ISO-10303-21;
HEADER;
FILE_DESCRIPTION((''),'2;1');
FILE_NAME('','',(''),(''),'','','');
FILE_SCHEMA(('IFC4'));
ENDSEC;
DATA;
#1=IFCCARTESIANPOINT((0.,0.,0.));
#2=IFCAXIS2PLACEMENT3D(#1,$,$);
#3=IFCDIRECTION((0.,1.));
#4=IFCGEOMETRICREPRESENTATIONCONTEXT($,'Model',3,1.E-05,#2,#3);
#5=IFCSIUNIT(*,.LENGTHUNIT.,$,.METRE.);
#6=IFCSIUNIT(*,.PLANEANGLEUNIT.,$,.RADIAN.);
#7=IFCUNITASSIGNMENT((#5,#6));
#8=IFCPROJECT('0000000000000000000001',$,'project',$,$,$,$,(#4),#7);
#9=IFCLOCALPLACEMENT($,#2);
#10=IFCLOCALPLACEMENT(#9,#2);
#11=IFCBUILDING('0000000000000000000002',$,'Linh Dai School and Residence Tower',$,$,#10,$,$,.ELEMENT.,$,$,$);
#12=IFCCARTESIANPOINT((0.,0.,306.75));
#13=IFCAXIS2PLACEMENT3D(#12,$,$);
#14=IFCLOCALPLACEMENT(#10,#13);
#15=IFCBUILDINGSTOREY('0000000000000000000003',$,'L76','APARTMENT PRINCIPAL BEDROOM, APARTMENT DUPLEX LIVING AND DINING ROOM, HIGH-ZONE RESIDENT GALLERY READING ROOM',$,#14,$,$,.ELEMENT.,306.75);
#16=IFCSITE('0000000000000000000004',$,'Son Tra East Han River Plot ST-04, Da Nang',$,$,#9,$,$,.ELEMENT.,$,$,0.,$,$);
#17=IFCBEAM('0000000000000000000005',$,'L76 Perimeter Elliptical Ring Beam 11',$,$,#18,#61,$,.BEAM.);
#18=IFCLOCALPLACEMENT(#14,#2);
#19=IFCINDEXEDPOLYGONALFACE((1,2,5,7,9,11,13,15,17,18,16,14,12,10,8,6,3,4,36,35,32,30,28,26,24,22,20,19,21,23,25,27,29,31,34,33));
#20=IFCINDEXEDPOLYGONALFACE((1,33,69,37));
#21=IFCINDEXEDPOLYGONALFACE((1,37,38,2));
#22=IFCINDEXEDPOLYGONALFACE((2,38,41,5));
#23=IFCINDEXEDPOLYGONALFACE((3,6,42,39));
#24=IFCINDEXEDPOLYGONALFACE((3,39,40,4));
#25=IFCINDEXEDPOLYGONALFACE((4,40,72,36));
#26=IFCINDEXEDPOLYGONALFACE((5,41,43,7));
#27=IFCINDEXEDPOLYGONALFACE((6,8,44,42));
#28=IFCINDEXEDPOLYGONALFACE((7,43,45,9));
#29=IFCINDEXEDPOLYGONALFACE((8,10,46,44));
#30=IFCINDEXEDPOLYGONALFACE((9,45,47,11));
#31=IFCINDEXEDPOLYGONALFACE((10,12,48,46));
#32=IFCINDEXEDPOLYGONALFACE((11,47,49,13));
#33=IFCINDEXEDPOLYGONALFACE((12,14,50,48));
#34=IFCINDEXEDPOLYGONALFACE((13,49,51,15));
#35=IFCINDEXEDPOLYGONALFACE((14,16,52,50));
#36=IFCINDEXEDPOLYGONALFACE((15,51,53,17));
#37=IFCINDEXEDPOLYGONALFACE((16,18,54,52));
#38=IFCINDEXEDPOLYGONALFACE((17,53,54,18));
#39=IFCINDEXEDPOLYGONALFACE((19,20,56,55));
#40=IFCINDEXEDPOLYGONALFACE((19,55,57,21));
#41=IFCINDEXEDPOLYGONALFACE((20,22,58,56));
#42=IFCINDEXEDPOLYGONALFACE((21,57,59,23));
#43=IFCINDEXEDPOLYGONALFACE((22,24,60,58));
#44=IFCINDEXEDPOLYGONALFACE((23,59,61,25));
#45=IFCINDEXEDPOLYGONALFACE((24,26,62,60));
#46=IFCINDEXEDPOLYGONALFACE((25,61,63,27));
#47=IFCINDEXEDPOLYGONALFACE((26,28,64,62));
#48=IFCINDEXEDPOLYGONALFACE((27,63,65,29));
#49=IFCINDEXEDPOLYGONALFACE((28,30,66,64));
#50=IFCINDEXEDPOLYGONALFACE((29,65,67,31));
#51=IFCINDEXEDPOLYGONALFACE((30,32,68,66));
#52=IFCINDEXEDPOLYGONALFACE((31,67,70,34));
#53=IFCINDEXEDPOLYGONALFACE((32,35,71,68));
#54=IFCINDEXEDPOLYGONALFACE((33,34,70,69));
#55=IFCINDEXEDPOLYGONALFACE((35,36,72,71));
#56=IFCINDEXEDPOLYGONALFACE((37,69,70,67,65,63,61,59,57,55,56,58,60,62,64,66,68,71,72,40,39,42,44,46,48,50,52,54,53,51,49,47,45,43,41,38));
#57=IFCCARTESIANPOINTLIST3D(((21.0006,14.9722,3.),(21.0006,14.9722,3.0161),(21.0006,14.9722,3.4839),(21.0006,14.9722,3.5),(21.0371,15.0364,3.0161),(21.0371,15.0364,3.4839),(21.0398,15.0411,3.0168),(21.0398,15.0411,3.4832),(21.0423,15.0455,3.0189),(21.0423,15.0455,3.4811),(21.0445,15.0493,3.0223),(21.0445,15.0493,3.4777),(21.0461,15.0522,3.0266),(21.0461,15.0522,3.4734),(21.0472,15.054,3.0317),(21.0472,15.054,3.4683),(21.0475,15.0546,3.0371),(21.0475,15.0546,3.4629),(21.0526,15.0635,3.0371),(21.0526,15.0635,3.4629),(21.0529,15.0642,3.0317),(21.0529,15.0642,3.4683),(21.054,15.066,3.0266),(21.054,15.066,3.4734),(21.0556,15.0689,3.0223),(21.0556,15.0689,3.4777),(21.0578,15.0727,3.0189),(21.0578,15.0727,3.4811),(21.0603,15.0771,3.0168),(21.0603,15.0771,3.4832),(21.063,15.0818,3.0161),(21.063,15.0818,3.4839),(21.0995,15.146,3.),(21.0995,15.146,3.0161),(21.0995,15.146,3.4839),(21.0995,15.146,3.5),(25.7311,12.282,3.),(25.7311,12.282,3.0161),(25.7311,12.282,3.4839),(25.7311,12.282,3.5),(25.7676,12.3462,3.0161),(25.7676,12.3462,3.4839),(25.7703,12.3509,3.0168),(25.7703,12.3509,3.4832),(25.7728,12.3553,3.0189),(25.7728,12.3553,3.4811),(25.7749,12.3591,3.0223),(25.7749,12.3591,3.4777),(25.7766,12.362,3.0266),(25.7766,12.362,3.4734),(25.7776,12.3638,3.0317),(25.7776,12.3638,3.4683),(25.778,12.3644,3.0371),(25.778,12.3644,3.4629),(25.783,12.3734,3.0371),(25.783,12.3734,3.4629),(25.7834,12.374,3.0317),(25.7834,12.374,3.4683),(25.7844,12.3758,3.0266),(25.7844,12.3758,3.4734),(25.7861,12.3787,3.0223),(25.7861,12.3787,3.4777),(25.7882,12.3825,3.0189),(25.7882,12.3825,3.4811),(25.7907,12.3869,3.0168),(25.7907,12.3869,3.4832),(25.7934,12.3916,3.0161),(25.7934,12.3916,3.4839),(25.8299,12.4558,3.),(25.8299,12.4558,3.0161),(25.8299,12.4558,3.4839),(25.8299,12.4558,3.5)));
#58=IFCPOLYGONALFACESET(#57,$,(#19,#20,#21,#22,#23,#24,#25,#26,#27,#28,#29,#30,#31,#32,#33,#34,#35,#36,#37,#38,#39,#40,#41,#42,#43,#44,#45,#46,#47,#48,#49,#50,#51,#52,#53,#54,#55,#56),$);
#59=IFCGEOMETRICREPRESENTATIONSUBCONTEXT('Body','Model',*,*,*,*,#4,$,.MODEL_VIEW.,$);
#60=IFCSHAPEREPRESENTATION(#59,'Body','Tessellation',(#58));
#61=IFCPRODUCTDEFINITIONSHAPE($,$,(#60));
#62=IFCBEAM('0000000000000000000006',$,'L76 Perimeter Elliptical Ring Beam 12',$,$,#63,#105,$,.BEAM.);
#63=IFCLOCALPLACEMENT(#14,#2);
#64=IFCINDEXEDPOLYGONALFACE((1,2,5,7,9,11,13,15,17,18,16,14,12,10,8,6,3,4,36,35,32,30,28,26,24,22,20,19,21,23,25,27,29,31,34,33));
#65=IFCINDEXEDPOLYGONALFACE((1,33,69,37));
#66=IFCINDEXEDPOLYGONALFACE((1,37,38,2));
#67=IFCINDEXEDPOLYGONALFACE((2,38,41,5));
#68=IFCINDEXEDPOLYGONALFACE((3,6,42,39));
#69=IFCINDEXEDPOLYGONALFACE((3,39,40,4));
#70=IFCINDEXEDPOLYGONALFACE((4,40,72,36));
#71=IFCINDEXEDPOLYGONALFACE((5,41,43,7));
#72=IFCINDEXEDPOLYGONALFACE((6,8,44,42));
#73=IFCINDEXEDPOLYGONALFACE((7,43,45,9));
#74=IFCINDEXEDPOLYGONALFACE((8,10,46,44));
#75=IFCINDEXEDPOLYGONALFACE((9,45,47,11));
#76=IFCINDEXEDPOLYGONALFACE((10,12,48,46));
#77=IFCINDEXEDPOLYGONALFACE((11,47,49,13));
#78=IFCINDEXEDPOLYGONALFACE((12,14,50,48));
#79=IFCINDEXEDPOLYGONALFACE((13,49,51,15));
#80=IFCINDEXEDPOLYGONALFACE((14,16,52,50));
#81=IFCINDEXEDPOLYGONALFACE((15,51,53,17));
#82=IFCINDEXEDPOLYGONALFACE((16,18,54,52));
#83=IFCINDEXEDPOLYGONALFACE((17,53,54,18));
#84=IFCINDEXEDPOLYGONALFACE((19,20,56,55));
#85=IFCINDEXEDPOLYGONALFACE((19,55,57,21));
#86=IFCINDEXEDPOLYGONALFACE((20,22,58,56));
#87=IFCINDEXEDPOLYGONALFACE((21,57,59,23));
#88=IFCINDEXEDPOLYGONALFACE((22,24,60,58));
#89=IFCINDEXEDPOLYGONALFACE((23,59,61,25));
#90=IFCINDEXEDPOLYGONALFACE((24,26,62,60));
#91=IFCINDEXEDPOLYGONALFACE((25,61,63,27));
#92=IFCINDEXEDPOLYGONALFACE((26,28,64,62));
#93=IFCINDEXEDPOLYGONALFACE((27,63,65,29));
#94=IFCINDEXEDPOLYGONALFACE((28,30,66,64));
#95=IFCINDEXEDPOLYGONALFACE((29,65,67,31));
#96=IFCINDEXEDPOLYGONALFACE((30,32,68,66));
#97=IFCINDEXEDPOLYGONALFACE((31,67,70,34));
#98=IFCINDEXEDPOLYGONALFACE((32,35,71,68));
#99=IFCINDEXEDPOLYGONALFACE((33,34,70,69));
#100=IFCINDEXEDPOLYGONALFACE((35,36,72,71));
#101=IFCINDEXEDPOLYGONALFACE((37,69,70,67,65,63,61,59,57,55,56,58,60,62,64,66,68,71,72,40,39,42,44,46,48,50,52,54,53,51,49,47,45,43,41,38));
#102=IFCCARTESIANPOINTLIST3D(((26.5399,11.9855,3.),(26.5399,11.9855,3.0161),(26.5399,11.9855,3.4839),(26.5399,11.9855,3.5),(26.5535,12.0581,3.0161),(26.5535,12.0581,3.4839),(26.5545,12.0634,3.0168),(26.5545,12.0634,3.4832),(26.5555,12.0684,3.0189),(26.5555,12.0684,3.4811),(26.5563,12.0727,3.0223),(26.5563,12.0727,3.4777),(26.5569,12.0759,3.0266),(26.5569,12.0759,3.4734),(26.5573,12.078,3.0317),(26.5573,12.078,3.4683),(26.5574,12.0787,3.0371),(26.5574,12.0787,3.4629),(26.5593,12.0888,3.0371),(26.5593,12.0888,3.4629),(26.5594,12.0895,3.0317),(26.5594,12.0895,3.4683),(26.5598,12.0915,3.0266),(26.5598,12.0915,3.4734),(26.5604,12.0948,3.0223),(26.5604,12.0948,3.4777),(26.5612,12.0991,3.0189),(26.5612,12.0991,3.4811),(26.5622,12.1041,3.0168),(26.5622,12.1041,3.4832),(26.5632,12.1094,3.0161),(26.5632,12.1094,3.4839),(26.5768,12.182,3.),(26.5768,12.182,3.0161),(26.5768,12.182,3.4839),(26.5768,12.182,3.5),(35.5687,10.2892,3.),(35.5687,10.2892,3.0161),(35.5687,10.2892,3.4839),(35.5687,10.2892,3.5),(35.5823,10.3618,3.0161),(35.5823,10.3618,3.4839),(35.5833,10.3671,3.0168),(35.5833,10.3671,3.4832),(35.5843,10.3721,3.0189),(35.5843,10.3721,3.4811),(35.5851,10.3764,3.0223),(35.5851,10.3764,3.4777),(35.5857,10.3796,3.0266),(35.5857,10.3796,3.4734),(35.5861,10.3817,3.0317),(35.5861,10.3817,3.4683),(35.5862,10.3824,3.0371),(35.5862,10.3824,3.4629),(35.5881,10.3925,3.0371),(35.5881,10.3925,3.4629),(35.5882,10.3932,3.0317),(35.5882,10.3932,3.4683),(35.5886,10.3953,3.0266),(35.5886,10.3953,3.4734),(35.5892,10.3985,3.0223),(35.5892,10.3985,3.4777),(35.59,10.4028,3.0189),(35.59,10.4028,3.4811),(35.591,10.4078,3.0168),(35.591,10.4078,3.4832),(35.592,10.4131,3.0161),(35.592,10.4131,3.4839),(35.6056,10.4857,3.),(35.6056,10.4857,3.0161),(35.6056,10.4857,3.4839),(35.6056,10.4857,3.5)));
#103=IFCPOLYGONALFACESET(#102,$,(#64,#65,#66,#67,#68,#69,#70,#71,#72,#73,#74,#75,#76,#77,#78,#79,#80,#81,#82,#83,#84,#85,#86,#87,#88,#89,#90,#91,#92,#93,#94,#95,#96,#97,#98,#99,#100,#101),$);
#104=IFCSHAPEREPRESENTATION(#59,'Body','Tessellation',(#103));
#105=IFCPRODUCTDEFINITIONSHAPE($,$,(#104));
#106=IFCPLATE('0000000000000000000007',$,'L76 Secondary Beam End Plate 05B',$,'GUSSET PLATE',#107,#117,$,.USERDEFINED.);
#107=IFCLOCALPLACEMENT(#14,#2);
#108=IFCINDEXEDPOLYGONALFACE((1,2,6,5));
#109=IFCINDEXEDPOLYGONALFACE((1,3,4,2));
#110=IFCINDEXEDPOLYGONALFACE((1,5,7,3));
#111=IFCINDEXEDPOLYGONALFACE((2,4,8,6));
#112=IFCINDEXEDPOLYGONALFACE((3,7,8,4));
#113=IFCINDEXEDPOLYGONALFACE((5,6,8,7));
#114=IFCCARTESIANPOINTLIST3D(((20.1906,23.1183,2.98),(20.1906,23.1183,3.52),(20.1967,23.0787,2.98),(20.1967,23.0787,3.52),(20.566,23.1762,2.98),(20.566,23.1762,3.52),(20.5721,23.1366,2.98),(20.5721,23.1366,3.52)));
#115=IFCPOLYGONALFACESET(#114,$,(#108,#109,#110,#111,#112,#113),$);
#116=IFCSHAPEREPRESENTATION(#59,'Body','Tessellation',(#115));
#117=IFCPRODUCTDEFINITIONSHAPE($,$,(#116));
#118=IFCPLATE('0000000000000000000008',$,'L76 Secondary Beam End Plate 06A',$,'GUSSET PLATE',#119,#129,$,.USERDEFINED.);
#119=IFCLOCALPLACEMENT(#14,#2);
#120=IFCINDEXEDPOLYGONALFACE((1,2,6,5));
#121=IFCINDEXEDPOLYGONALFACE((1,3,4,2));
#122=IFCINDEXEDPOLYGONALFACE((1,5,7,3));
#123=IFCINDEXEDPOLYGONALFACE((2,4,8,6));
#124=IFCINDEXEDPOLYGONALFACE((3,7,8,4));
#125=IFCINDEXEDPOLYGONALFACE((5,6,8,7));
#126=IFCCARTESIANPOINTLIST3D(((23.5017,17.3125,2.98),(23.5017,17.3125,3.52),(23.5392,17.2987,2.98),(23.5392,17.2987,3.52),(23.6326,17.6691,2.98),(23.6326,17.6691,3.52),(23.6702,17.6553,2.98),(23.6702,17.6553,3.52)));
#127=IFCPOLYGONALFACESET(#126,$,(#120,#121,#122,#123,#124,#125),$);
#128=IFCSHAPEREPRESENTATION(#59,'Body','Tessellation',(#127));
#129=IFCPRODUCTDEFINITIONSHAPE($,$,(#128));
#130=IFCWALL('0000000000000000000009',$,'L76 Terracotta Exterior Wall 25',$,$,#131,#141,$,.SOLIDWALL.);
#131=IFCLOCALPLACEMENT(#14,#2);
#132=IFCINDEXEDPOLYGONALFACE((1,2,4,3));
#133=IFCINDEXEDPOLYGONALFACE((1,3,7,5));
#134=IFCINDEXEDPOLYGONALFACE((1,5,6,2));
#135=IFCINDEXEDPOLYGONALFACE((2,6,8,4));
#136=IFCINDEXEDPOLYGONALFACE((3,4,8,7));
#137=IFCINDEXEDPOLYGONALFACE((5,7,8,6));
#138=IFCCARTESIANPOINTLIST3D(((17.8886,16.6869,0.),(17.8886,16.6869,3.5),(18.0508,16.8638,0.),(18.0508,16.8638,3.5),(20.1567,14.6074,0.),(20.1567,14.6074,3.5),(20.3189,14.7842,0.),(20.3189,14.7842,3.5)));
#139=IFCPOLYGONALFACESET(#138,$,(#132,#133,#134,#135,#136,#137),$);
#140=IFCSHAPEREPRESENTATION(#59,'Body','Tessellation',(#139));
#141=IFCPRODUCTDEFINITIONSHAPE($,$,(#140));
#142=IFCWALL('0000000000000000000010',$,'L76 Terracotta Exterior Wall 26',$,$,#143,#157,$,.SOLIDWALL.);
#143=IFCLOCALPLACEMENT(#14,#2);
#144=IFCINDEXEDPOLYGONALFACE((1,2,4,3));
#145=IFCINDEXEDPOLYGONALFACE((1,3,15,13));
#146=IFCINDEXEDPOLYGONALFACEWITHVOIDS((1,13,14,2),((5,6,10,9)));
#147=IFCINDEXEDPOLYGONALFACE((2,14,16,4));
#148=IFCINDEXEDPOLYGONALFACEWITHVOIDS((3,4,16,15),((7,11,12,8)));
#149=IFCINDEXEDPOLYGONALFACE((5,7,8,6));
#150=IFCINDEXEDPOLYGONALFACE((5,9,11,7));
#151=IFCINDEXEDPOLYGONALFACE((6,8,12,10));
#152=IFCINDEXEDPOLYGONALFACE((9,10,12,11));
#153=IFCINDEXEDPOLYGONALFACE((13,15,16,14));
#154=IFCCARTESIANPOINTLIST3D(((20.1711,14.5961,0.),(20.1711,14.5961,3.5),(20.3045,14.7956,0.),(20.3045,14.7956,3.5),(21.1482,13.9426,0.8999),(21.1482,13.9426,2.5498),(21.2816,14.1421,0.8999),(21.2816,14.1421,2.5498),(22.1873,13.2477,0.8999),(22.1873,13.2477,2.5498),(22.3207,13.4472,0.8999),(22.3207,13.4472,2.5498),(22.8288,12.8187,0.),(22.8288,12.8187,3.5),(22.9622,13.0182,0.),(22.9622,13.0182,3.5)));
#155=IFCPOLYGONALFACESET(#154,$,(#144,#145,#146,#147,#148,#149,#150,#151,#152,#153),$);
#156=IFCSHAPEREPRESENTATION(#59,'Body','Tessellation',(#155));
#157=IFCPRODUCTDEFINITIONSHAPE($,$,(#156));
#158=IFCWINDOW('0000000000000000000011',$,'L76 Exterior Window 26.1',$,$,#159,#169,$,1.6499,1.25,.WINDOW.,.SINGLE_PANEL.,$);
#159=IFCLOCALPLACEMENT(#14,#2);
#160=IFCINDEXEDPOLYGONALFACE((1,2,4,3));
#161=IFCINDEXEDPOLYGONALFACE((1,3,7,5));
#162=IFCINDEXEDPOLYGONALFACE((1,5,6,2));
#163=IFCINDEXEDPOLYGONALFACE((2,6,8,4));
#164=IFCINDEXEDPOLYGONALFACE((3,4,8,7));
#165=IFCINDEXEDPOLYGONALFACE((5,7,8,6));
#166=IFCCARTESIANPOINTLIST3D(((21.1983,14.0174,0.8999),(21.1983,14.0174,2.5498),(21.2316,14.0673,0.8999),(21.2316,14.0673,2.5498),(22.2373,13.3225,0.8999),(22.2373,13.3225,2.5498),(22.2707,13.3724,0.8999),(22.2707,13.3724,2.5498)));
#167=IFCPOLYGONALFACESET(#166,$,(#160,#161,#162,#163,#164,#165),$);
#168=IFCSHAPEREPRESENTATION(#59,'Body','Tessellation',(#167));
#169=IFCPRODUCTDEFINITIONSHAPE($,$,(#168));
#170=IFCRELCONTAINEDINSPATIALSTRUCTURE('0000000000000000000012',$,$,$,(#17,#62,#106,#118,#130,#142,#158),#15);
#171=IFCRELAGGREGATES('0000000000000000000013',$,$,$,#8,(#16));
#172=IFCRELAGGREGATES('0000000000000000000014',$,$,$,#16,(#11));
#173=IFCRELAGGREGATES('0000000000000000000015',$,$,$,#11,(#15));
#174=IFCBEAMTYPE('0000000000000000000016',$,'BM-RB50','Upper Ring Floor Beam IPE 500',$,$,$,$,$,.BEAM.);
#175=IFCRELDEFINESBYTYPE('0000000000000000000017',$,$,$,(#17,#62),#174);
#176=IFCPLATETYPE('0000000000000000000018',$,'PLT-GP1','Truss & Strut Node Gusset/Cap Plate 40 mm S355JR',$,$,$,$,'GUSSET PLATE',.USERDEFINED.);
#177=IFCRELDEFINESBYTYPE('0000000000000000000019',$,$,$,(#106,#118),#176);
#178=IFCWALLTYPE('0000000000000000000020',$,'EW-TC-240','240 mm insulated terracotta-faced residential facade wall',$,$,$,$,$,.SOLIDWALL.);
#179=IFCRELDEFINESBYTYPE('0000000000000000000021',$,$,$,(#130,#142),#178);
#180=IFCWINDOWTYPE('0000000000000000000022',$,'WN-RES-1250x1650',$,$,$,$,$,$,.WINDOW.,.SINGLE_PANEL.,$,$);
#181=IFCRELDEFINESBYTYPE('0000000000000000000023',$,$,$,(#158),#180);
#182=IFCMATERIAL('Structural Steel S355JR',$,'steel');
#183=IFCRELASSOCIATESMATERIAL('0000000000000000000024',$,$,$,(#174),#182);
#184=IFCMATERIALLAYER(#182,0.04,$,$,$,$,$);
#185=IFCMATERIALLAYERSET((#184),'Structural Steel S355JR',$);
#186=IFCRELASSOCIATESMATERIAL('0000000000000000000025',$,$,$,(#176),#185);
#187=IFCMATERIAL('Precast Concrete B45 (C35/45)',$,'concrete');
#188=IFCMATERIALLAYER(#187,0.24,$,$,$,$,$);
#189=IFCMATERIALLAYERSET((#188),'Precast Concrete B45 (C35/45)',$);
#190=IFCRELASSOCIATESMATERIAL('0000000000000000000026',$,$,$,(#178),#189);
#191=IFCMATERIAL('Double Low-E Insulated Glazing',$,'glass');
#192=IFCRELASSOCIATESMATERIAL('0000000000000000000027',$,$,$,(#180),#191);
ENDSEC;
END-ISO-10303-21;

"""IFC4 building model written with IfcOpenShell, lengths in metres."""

from ifc_helpers import new_model, si_unit, direction, frame, frame_2d, origin, origin_2d, place, context, subcontext, project, spatial, rectangle, i_section, extrude, source, transform, mapped, material, layer, layer_set, material_profile, profile_set, type_object, element, fill, save


model = new_model("IFC4")

# Units and contexts
model_context = context("Model", 3, precision=1e-05, world=origin(), true_north=direction((0.0, 1.0)))
body_context = subcontext(model_context, "Body", "Model", "MODEL_VIEW")
ifc_project = project(units=[si_unit("LENGTHUNIT", "METRE"), si_unit("PLANEANGLEUNIT", "RADIAN")], contexts=[model_context])

# Site, building, storey
site_placement = place(None, origin())
site = spatial("IfcSite", under=ifc_project, at=site_placement, Name="Son Tra East Han River Plot ST-04, Da Nang", CompositionType="ELEMENT", RefElevation=0.0)
building_placement = place(site_placement, origin())
building = spatial("IfcBuilding", under=site, at=building_placement, Name="Linh Dai School and Residence Tower", CompositionType="ELEMENT")
storey_placement = place(building_placement, frame((0.0, 0.0, 306.75)))
storey = spatial("IfcBuildingStorey", under=building, at=storey_placement, Name="L76", Description="APARTMENT PRINCIPAL BEDROOM, APARTMENT DUPLEX LIVING AND DINING ROOM, HIGH-ZONE RESIDENT GALLERY READING ROOM", CompositionType="ELEMENT", Elevation=306.75)

# Shared definitions
ifc_material_1 = material(Name="Structural Steel S355JR", Category="steel")

# Beams
ifc_material_profile_1 = material_profile(ifc_material_1, i_section(OverallWidth=0.2, OverallDepth=0.5, WebThickness=0.0103, FlangeThickness=0.0161, FilletRadius=0.021, at=origin_2d()), Name="IPE 500")
ifc_profile_set_1 = profile_set([ifc_material_profile_1], Name="Structural Steel S355JR")
beam_type_1 = type_object("IfcBeamType", Name="BM-RB50", Description="Upper Ring Floor Beam IPE 500", PredefinedType="BEAM", material=ifc_profile_set_1)
beam_1_placement = place(storey_placement, frame((21.05, 15.0591, 3.25), z_axis=(0.869266, -0.494345, 0.0), x_axis=(0.494345, 0.869266, 0.0)))
element("IfcBeam", 1, at=beam_1_placement, inside=storey, type_object=beam_type_1, Name="L76 Perimeter Elliptical Ring Beam 11", PredefinedType="BEAM", context=body_context, shape_type="SweptSolid", body=[
    extrude(i_section(OverallWidth=0.2, OverallDepth=0.5, WebThickness=0.0103, FlangeThickness=0.0161, FilletRadius=0.021, at=origin_2d()), origin(), (0.0, 0.0, 1.0), 5.4419),
])
beam_2_placement = place(storey_placement, frame((26.5583, 12.0837, 3.25), z_axis=(0.982805, -0.184645, 0.0), x_axis=(0.184645, 0.982805, 0.0)))
element("IfcBeam", 2, at=beam_2_placement, inside=storey, type_object=beam_type_1, Name="L76 Perimeter Elliptical Ring Beam 12", PredefinedType="BEAM", context=body_context, shape_type="SweptSolid", body=[
    extrude(i_section(OverallWidth=0.2, OverallDepth=0.5, WebThickness=0.0103, FlangeThickness=0.0161, FilletRadius=0.021, at=origin_2d()), origin(), (0.0, 0.0, 1.0), 9.1868),
])

# Plates
ifc_layer_1 = layer(ifc_material_1, 0.04)
ifc_layer_set_1 = layer_set([ifc_layer_1], Name="Structural Steel S355JR")
plate_type = type_object("IfcPlateType", Name="PLT-GP1", Description="Truss & Strut Node Gusset/Cap Plate 40 mm S355JR", ElementType="GUSSET PLATE", PredefinedType="USERDEFINED", material=ifc_layer_set_1)
shared_shape_1 = source(origin(), body_context, "Body", "SweptSolid", [
    extrude(rectangle(XDim=0.04, YDim=0.3799, at=origin_2d()), origin(), (0.0, 0.0, 1.0), 0.54),
])
for number, where, z_axis, x_axis, name in (
    (3, (20.3813, 23.1274, 2.98), (0.0, 0.0, 1.0), (0.152474, -0.988308, 0.0), "L76 Secondary Beam End Plate 05B"),
    (4, (23.5859, 17.4839, 2.98), (0.0, 0.0, 1.0), (0.938695, -0.344748, 0.0), "L76 Secondary Beam End Plate 06A"),
):
    element("IfcPlate", number, at=place(storey_placement, frame(where, z_axis=z_axis, x_axis=x_axis)), inside=storey, type_object=plate_type, Name=name, ObjectType="GUSSET PLATE", PredefinedType="USERDEFINED", context=body_context, shape_type="MappedRepresentation", body=[
        mapped(shared_shape_1, transform((0.0, 0.0, 0.0), x_axis=(1.0, 0.0, 0.0), y_axis=(0.0, 1.0, 0.0), z_axis=(0.0, 0.0, 1.0), scale=1.0)),
    ])

# Wall
ifc_material_2 = material(Name="Precast Concrete B45 (C35/45)", Category="concrete")
ifc_layer_2 = layer(ifc_material_2, 0.24)
ifc_layer_set_2 = layer_set([ifc_layer_2], Name="Precast Concrete B45 (C35/45)")
wall_type_1 = type_object("IfcWallType", Name="EW-TC-240", Description="240 mm insulated terracotta-faced residential facade wall", PredefinedType="SOLIDWALL", material=ifc_layer_set_2)
wall_1_placement = place(storey_placement, frame((20.2378, 14.6958, 0.0), z_axis=(0.0, 0.0, 1.0), x_axis=(-0.737069, 0.675818, 0.0)))
element("IfcWall", 5, at=wall_1_placement, inside=storey, type_object=wall_type_1, Name="L76 Terracotta Exterior Wall 25", PredefinedType="SOLIDWALL", context=body_context, shape_type="SweptSolid", body=[
    extrude(rectangle(XDim=3.0771, YDim=0.24, at=frame_2d((1.5386, 0.0))), origin(), (0.0, 0.0, 1.0), 3.5),
])

# Wall, opening, window
wall_2_placement = place(storey_placement, frame((22.8955, 12.9185, 0.0), z_axis=(0.0, 0.0, 1.0), x_axis=(-0.831251, 0.555898, 0.0)))
wall_2 = element("IfcWall", 6, at=wall_2_placement, inside=storey, type_object=wall_type_1, Name="L76 Terracotta Exterior Wall 26", PredefinedType="SOLIDWALL", context=body_context, shape_type="SweptSolid", body=[
    extrude(rectangle(XDim=3.1973, YDim=0.24, at=frame_2d((1.5986, 0.0))), origin(), (0.0, 0.0, 1.0), 3.5),
])
opening_1_placement = place(wall_2_placement, frame((0.7717, 0.0, 0.8999)))
opening_1 = element("IfcOpeningElement", 7, at=opening_1_placement, cuts=wall_2, PredefinedType="OPENING", context=body_context, shape_type="SweptSolid", body=[
    extrude(rectangle(XDim=1.25, YDim=1.6499, at=origin_2d()), frame((0.625, 0.1299, 0.825), z_axis=(0.0, -1.0, 0.0), x_axis=(1.0, 0.0, 0.0)), (0.0, 0.0, 1.0), 0.26),
])
ifc_material_3 = material(Name="Double Low-E Insulated Glazing", Category="glass")
window_type_1 = type_object("IfcWindowType", Name="WN-RES-1250x1650", PartitioningType="SINGLE_PANEL", PredefinedType="WINDOW", material=ifc_material_3)
shared_shape_2 = source(origin(), body_context, "Body", "SweptSolid", [
    extrude(rectangle(XDim=1.25, YDim=1.6499, at=origin_2d()), frame((0.625, 0.03, 0.825), z_axis=(0.0, -1.0, 0.0), x_axis=(1.0, 0.0, 0.0)), (0.0, 0.0, 1.0), 0.0601),
])
window_1_placement = place(opening_1_placement, origin())
window_1 = element("IfcWindow", 8, at=window_1_placement, inside=storey, type_object=window_type_1, Name="L76 Exterior Window 26.1", OverallHeight=1.6499, OverallWidth=1.25, PartitioningType="SINGLE_PANEL", PredefinedType="WINDOW", context=body_context, shape_type="MappedRepresentation", body=[
    mapped(shared_shape_2, transform((0.0, 0.0, 0.0), x_axis=(1.0, 0.0, 0.0), y_axis=(0.0, 1.0, 0.0), z_axis=(0.0, 0.0, 1.0), scale=1.0)),
])
fill(opening_1, window_1)

save(model, "model.ifc")
